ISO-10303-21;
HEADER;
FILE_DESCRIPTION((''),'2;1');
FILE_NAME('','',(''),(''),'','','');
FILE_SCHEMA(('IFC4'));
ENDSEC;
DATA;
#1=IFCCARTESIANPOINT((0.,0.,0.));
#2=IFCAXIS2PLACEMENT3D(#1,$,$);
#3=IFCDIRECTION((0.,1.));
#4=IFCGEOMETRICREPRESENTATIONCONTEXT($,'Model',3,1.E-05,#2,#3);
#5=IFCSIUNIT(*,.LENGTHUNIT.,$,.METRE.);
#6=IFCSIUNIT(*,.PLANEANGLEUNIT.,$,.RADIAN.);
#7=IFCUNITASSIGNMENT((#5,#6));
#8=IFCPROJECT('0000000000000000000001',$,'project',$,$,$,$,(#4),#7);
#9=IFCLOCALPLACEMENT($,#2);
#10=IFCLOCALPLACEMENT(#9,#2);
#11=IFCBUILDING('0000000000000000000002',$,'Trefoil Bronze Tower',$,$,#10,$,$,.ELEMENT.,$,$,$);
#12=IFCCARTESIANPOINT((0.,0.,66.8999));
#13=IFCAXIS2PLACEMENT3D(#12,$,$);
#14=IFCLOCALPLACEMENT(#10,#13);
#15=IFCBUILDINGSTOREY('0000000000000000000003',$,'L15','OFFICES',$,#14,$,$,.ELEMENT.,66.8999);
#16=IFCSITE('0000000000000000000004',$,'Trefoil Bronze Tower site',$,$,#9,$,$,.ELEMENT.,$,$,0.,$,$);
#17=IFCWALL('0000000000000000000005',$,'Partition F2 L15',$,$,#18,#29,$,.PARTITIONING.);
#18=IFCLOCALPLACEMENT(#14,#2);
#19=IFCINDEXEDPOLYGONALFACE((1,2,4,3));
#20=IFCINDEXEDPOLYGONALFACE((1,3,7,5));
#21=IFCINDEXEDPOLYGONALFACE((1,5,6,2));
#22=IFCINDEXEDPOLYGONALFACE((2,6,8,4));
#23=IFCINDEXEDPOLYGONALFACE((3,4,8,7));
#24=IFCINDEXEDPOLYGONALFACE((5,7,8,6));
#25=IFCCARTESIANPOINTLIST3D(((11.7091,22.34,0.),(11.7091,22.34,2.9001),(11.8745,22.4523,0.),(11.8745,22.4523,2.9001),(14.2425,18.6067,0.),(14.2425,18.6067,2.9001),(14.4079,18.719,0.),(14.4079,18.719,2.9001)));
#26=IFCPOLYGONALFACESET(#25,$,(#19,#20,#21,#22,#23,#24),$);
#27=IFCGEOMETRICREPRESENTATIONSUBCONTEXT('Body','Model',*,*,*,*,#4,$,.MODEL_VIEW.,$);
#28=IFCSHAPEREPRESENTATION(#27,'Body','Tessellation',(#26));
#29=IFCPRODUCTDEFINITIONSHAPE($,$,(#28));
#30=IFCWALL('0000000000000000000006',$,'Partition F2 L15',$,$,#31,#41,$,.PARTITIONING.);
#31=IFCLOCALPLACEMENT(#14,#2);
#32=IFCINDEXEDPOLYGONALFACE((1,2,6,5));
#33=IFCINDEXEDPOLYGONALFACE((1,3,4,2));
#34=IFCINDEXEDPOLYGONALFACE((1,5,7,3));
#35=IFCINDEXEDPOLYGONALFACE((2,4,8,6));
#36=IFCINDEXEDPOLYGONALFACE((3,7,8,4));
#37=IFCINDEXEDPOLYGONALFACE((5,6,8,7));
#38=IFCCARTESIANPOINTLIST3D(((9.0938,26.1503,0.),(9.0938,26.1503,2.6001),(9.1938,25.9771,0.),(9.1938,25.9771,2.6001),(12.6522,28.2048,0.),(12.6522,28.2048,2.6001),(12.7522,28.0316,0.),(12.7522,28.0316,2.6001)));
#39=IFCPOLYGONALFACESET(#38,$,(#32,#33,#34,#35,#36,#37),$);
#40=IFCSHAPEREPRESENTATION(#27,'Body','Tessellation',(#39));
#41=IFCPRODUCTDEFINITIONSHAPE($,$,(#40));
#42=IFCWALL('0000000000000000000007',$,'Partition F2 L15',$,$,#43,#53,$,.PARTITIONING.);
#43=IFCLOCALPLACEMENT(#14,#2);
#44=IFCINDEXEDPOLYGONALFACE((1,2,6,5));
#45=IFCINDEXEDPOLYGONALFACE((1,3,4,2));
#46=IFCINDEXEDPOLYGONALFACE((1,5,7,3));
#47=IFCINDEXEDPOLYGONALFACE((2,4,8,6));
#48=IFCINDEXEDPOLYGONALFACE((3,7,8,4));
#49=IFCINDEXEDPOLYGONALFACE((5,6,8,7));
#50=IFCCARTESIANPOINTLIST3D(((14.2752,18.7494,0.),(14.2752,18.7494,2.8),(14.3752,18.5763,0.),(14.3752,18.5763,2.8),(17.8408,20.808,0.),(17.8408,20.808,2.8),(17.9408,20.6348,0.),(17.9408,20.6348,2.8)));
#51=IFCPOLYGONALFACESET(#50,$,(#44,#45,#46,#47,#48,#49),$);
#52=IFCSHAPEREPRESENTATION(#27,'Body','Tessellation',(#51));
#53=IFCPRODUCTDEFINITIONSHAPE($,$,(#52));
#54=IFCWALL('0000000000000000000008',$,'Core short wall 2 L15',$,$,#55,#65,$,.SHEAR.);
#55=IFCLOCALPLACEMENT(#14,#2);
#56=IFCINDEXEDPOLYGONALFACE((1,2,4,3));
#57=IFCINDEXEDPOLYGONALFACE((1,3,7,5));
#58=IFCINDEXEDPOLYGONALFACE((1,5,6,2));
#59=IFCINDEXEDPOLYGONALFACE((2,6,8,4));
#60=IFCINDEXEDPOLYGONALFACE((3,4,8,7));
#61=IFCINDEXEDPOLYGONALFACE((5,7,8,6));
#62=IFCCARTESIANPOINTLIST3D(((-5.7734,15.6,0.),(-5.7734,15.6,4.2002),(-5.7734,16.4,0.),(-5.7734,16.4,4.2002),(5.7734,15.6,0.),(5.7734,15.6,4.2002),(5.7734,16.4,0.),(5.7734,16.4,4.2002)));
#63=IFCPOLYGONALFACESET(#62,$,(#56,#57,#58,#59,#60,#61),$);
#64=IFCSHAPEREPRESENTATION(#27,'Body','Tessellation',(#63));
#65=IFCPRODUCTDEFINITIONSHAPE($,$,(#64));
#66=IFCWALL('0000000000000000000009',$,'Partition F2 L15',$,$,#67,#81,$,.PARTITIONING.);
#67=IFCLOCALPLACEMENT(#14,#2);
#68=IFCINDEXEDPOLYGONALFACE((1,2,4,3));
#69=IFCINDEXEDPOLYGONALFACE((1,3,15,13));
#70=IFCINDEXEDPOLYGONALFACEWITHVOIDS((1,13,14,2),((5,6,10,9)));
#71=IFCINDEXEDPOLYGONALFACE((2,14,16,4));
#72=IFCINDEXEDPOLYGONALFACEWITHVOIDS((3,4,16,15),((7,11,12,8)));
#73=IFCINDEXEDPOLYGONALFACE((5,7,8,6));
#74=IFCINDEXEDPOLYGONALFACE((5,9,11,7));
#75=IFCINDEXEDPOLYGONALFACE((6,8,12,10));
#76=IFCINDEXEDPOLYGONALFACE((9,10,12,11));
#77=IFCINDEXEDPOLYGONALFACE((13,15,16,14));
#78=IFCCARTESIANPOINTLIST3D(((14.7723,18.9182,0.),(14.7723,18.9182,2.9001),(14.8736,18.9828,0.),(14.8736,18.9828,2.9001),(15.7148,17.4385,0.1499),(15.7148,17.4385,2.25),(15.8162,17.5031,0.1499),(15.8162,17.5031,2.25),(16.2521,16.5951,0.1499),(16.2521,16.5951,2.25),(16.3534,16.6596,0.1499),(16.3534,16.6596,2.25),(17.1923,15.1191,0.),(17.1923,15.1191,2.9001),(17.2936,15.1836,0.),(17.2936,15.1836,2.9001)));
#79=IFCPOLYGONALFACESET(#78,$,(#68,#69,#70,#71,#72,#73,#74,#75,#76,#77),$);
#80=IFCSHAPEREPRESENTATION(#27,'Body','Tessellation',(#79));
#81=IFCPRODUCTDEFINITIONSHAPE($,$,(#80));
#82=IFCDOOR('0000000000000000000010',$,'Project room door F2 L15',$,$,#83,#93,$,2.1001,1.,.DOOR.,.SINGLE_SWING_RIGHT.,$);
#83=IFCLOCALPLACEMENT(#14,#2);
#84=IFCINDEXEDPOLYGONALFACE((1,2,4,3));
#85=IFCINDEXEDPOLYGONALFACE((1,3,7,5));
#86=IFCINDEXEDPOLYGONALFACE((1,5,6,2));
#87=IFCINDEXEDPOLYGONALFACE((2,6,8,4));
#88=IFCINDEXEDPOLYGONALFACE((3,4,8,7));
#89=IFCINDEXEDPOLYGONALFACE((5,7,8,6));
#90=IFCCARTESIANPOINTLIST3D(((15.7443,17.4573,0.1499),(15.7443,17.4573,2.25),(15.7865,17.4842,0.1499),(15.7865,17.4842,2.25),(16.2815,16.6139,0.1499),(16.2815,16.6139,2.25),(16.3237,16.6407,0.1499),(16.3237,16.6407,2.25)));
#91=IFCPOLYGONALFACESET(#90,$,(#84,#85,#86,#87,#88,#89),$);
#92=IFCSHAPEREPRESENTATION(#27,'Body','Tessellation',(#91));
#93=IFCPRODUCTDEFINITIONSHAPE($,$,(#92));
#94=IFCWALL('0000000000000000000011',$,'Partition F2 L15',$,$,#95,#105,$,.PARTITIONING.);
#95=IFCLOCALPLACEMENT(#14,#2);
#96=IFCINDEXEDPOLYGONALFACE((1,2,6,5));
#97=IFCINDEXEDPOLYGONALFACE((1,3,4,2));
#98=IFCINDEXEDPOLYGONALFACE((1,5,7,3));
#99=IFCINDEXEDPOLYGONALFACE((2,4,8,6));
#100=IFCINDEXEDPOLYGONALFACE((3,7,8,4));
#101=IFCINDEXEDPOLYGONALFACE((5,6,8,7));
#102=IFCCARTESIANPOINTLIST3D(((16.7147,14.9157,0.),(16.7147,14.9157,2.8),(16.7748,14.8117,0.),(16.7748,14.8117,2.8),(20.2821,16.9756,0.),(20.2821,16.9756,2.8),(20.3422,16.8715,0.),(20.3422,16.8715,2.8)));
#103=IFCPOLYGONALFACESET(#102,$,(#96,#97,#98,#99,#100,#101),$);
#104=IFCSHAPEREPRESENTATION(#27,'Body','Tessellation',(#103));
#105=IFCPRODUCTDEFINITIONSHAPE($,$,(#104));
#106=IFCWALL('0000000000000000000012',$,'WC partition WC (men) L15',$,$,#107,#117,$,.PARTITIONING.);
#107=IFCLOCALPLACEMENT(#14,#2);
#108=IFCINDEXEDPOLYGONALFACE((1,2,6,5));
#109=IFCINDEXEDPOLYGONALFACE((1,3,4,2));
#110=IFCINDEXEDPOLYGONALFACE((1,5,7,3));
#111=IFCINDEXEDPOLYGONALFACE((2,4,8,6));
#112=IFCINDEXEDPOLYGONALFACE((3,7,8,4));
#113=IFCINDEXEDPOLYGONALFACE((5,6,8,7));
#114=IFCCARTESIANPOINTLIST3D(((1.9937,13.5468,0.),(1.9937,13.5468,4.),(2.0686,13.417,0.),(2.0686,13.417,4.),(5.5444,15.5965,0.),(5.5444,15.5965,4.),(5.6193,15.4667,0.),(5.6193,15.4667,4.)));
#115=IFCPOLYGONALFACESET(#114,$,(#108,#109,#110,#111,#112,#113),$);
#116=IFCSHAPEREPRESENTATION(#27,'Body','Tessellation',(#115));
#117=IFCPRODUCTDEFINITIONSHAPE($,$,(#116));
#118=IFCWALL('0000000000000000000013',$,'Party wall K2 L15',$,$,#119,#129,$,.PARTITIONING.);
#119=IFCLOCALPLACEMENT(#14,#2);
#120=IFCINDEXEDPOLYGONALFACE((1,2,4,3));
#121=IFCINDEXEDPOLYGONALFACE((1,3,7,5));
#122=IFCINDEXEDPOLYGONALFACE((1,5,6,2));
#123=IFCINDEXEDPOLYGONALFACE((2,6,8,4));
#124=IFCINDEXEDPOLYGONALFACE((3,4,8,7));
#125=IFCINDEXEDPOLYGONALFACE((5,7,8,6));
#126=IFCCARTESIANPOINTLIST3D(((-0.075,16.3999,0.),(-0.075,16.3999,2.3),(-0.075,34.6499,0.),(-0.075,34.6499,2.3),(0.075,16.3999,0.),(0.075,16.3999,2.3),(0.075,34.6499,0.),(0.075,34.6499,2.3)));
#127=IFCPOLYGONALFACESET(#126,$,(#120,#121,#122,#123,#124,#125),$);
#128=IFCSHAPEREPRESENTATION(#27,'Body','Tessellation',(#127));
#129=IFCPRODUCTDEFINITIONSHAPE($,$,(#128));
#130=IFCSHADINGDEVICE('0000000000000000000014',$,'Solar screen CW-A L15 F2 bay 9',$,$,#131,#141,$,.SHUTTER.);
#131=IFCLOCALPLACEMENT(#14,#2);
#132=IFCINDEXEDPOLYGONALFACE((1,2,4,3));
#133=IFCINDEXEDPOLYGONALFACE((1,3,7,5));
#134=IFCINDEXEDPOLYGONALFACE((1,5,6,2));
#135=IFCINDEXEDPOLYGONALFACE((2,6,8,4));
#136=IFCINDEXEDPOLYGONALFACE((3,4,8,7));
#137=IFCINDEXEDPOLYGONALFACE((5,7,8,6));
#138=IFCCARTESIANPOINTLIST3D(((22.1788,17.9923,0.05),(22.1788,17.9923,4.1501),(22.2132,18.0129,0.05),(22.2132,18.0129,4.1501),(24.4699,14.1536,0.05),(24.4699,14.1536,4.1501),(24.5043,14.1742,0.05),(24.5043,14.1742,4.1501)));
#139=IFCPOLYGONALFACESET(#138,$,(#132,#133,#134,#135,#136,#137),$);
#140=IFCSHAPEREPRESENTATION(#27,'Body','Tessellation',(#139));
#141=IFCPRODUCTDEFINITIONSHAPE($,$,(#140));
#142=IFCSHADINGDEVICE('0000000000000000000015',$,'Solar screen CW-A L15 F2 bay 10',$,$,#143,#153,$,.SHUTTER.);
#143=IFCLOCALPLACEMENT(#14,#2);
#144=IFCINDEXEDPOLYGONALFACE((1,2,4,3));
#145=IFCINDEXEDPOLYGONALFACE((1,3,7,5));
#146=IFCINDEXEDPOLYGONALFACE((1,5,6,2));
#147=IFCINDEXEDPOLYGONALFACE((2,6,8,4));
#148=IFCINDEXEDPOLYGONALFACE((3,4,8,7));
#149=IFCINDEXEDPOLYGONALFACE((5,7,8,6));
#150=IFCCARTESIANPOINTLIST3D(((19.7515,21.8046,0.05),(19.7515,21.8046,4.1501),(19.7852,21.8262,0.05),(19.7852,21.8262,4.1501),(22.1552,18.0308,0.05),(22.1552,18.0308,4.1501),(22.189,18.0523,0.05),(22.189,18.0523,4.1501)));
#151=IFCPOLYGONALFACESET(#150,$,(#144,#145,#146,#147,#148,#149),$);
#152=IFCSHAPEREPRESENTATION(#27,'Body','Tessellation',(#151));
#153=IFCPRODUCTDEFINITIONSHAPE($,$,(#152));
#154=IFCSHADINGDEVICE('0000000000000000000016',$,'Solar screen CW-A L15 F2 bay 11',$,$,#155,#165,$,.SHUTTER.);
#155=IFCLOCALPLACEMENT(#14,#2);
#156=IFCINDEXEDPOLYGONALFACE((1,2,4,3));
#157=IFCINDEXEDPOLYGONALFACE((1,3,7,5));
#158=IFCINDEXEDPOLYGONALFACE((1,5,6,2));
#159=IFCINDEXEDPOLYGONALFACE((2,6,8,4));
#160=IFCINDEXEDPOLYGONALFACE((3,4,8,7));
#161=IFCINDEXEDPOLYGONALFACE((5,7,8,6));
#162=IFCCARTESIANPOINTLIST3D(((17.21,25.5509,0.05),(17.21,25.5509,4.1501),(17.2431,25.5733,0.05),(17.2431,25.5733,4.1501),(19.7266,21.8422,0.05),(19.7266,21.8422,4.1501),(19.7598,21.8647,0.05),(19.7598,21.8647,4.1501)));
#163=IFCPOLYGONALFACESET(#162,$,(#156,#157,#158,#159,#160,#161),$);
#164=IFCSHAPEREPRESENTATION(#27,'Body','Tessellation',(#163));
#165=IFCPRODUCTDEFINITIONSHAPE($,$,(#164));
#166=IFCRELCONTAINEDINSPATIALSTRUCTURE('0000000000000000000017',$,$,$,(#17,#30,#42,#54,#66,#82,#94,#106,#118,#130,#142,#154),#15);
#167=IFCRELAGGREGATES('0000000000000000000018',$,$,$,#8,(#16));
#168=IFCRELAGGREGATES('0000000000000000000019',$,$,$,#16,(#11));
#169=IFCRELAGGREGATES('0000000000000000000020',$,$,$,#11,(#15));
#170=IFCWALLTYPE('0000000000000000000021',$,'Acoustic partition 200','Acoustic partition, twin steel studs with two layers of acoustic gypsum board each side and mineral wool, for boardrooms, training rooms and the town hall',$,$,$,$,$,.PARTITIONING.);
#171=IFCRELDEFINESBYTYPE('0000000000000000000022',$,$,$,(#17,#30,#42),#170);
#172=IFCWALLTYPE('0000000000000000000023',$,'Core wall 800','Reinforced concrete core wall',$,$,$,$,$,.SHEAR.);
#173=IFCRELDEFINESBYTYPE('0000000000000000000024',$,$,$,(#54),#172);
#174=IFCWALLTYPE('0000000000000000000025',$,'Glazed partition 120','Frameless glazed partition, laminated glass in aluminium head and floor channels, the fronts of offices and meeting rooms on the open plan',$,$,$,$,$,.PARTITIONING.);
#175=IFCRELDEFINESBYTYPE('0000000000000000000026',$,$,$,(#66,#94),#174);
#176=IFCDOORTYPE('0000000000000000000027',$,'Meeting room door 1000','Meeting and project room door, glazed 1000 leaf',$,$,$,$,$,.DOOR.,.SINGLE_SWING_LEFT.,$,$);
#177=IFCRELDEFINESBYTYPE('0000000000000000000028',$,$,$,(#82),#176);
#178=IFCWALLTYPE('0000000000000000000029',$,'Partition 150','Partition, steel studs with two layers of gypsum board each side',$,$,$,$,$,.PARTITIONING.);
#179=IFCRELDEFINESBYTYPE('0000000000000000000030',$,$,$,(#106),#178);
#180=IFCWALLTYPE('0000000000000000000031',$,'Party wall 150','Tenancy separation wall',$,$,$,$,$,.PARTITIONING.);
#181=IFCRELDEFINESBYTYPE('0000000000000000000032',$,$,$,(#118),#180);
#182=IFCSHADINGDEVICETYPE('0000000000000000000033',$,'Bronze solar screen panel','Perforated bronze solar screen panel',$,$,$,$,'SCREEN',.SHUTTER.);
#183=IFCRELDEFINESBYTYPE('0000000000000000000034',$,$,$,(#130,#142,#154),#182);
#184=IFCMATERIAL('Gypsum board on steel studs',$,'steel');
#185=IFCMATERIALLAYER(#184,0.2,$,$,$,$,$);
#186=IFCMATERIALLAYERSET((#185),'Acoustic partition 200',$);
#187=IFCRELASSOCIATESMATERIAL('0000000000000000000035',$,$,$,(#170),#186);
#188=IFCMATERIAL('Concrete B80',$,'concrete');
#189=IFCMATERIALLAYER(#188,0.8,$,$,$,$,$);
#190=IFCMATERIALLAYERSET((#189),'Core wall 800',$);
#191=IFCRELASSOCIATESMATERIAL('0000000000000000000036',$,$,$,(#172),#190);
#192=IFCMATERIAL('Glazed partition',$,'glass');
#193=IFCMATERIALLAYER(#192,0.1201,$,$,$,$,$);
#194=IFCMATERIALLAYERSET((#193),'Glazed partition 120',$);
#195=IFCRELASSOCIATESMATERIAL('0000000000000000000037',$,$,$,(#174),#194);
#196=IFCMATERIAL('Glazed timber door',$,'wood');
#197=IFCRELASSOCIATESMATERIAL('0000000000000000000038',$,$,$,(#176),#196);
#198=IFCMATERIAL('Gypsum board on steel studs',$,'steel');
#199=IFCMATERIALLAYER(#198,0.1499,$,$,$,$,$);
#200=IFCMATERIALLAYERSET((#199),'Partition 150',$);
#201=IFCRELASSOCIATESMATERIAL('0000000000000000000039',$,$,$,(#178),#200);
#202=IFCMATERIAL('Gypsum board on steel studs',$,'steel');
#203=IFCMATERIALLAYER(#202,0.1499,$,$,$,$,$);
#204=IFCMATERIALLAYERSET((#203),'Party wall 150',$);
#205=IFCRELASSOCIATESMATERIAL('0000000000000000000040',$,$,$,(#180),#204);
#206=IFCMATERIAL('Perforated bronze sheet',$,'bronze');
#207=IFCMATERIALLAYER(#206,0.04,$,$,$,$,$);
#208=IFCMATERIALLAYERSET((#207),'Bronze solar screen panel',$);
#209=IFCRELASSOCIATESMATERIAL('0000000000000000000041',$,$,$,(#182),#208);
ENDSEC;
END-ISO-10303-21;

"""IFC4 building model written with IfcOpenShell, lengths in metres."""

from ifc_helpers import new_model, si_unit, direction, frame, frame_2d, origin, origin_2d, place, context, subcontext, project, spatial, rectangle, extrude, material, layer, layer_set, type_object, element, fill, save


model = new_model("IFC4")

# Units and contexts
model_context = context("Model", 3, precision=1e-05, world=origin(), true_north=direction((0.0, 1.0)))
body_context = subcontext(model_context, "Body", "Model", "MODEL_VIEW")
ifc_project = project(units=[si_unit("LENGTHUNIT", "METRE"), si_unit("PLANEANGLEUNIT", "RADIAN")], contexts=[model_context])

# Site, building, storey
site_placement = place(None, origin())
site = spatial("IfcSite", under=ifc_project, at=site_placement, Name="Trefoil Bronze Tower site", CompositionType="ELEMENT", RefElevation=0.0)
building_placement = place(site_placement, origin())
building = spatial("IfcBuilding", under=site, at=building_placement, Name="Trefoil Bronze Tower", CompositionType="ELEMENT")
storey_placement = place(building_placement, frame((0.0, 0.0, 66.8999)))
storey = spatial("IfcBuildingStorey", under=building, at=storey_placement, Name="L15", Description="OFFICES", CompositionType="ELEMENT", Elevation=66.8999)

# Shared definitions
ifc_material_1 = material(Name="Gypsum board on steel studs", Category="steel")
ifc_layer_1 = layer(ifc_material_1, 0.2)
ifc_layer_set_1 = layer_set([ifc_layer_1], Name="Acoustic partition 200")
wall_type_1 = type_object("IfcWallType", Name="Acoustic partition 200", Description="Acoustic partition, twin steel studs with two layers of acoustic gypsum board each side and mineral wool, for boardrooms, training rooms and the town hall", PredefinedType="PARTITIONING", material=ifc_layer_set_1)

# Walls
wall_1_placement = place(storey_placement, frame((14.3252, 18.6628, 0.0), z_axis=(0.0, 0.0, 1.0), x_axis=(-0.561512, 0.827469, 0.0)))
element("IfcWall", 1, at=wall_1_placement, inside=storey, type_object=wall_type_1, Name="Partition F2 L15", PredefinedType="PARTITIONING", context=body_context, shape_type="SweptSolid", body=[
    extrude(rectangle(XDim=4.5117, YDim=0.2, at=frame_2d((2.2559, 0.0))), origin(), (0.0, 0.0, 1.0), 2.9001),
])
wall_2_placement = place(storey_placement, frame((9.1438, 26.0637, 0.0), z_axis=(0.0, 0.0, 1.0), x_axis=(0.866022, 0.500005, 0.0)))
element("IfcWall", 2, at=wall_2_placement, inside=storey, type_object=wall_type_1, Name="Partition F2 L15", PredefinedType="PARTITIONING", context=body_context, shape_type="SweptSolid", body=[
    extrude(rectangle(XDim=4.1089, YDim=0.2, at=frame_2d((2.0544, 0.0))), origin(), (0.0, 0.0, 1.0), 2.6001),
])
wall_3_placement = place(storey_placement, frame((14.3252, 18.6628, 0.0), z_axis=(0.0, 0.0, 1.0), x_axis=(0.866031, 0.499991, 0.0)))
element("IfcWall", 3, at=wall_3_placement, inside=storey, type_object=wall_type_1, Name="Partition F2 L15", PredefinedType="PARTITIONING", context=body_context, shape_type="SweptSolid", body=[
    extrude(rectangle(XDim=4.1172, YDim=0.2, at=frame_2d((2.0586, 0.0))), origin(), (0.0, 0.0, 1.0), 2.8),
])
ifc_material_2 = material(Name="Concrete B80", Category="concrete")
ifc_layer_2 = layer(ifc_material_2, 0.8)
ifc_layer_set_2 = layer_set([ifc_layer_2], Name="Core wall 800")
wall_type_2 = type_object("IfcWallType", Name="Core wall 800", Description="Reinforced concrete core wall", PredefinedType="SHEAR", material=ifc_layer_set_2)
wall_4_placement = place(storey_placement, frame((5.7734, 16.0, 0.0), z_axis=(0.0, 0.0, 1.0), x_axis=(-1.0, 0.0, 0.0)))
element("IfcWall", 4, at=wall_4_placement, inside=storey, type_object=wall_type_2, Name="Core short wall 2 L15", PredefinedType="SHEAR", context=body_context, shape_type="SweptSolid", body=[
    extrude(rectangle(XDim=11.5469, YDim=0.8, at=frame_2d((5.7734, 0.0))), origin(), (0.0, 0.0, 1.0), 4.2002),
])

# Wall, opening, door
ifc_material_3 = material(Name="Glazed partition", Category="glass")
ifc_layer_3 = layer(ifc_material_3, 0.1201)
ifc_layer_set_3 = layer_set([ifc_layer_3], Name="Glazed partition 120")
wall_type_3 = type_object("IfcWallType", Name="Glazed partition 120", Description="Frameless glazed partition, laminated glass in aluminium head and floor channels, the fronts of offices and meeting rooms on the open plan", PredefinedType="PARTITIONING", material=ifc_layer_set_3)
wall_5_placement = place(storey_placement, frame((17.2429, 15.1514, 0.0), z_axis=(0.0, 0.0, 1.0), x_axis=(-0.537244, 0.843427, 0.0)))
wall_5 = element("IfcWall", 5, at=wall_5_placement, inside=storey, type_object=wall_type_3, Name="Partition F2 L15", PredefinedType="PARTITIONING", context=body_context, shape_type="SweptSolid", body=[
    extrude(rectangle(XDim=4.5044, YDim=0.1201, at=frame_2d((2.2522, 0.0))), origin(), (0.0, 0.0, 1.0), 2.9001),
])
opening_1_placement = place(wall_5_placement, frame((1.75, 0.0, 0.1499)))
opening_1 = element("IfcOpeningElement", 6, at=opening_1_placement, cuts=wall_5, PredefinedType="OPENING", context=body_context, shape_type="SweptSolid", body=[
    extrude(rectangle(XDim=1.0, YDim=2.1001, at=frame_2d((0.5, 1.05))), frame((0.0, 0.0701, 0.0), z_axis=(0.0, -1.0, 0.0), x_axis=(1.0, 0.0, 0.0)), (0.0, 0.0, 1.0), 0.1401),
])
ifc_material_4 = material(Name="Glazed timber door", Category="wood")
door_type_1 = type_object("IfcDoorType", Name="Meeting room door 1000", Description="Meeting and project room door, glazed 1000 leaf", OperationType="SINGLE_SWING_LEFT", PredefinedType="DOOR", material=ifc_material_4)
door_1_placement = place(opening_1_placement, frame((1.0, 0.0, 0.0), z_axis=(0.0, 0.0, 1.0), x_axis=(-1.0, 0.0, 0.0)))
door_1 = element("IfcDoor", 7, at=door_1_placement, inside=storey, type_object=door_type_1, Name="Project room door F2 L15", OperationType="SINGLE_SWING_RIGHT", OverallHeight=2.1001, OverallWidth=1.0, PredefinedType="DOOR", context=body_context, shape_type="SweptSolid", body=[
    extrude(rectangle(XDim=1.0, YDim=2.1001, at=frame_2d((0.5, 1.05))), frame((0.0, 0.0249, 0.0), z_axis=(0.0, -1.0, 0.0), x_axis=(1.0, 0.0, 0.0)), (0.0, 0.0, 1.0), 0.05),
])
fill(opening_1, door_1)

# Walls
wall_6_placement = place(storey_placement, frame((16.7449, 14.8638, 0.0), z_axis=(0.0, 0.0, 1.0), x_axis=(0.866006, 0.500034, 0.0)))
element("IfcWall", 8, at=wall_6_placement, inside=storey, type_object=wall_type_3, Name="Partition F2 L15", PredefinedType="PARTITIONING", context=body_context, shape_type="SweptSolid", body=[
    extrude(rectangle(XDim=4.1194, YDim=0.1201, at=frame_2d((2.0596, 0.0))), origin(), (0.0, 0.0, 1.0), 2.8),
])
ifc_material_5 = material(Name="Gypsum board on steel studs", Category="steel")
ifc_layer_4 = layer(ifc_material_5, 0.1499)
ifc_layer_set_4 = layer_set([ifc_layer_4], Name="Partition 150")
wall_type_4 = type_object("IfcWallType", Name="Partition 150", Description="Partition, steel studs with two layers of gypsum board each side", PredefinedType="PARTITIONING", material=ifc_layer_set_4)
wall_7_placement = place(storey_placement, frame((2.0312, 13.4819, 0.0), z_axis=(0.0, 0.0, 1.0), x_axis=(0.866051, 0.499956, 0.0)))
element("IfcWall", 9, at=wall_7_placement, inside=storey, type_object=wall_type_4, Name="WC partition WC (men) L15", PredefinedType="PARTITIONING", context=body_context, shape_type="SweptSolid", body=[
    extrude(rectangle(XDim=4.0999, YDim=0.1499, at=frame_2d((2.0498, 0.0))), origin(), (0.0, 0.0, 1.0), 4.0),
])
ifc_material_6 = material(Name="Gypsum board on steel studs", Category="steel")
ifc_layer_5 = layer(ifc_material_6, 0.1499)
ifc_layer_set_5 = layer_set([ifc_layer_5], Name="Party wall 150")
wall_type_5 = type_object("IfcWallType", Name="Party wall 150", Description="Tenancy separation wall", PredefinedType="PARTITIONING", material=ifc_layer_set_5)
wall_8_placement = place(storey_placement, frame((0.0, 16.3999, 0.0), z_axis=(0.0, 0.0, 1.0), x_axis=(0.0, 1.0, 0.0)))
element("IfcWall", 10, at=wall_8_placement, inside=storey, type_object=wall_type_5, Name="Party wall K2 L15", PredefinedType="PARTITIONING", context=body_context, shape_type="SweptSolid", body=[
    extrude(rectangle(XDim=18.25, YDim=0.1499, at=frame_2d((9.125, 0.0))), origin(), (0.0, 0.0, 1.0), 2.3),
])

# Shading devices
ifc_material_7 = material(Name="Perforated bronze sheet", Category="bronze")
ifc_layer_6 = layer(ifc_material_7, 0.04)
ifc_layer_set_6 = layer_set([ifc_layer_6], Name="Bronze solar screen panel")
shading_device_type = type_object("IfcShadingDeviceType", Name="Bronze solar screen panel", Description="Perforated bronze solar screen panel", ElementType="SCREEN", PredefinedType="SHUTTER", material=ifc_layer_set_6)
shading_device_1_placement = place(storey_placement, frame((23.3416, 16.0833, 0.05), z_axis=(0.0, 0.0, 1.0), x_axis=(-0.512513, 0.85868, 0.0)))
element("IfcShadingDevice", 11, at=shading_device_1_placement, inside=storey, type_object=shading_device_type, Name="Solar screen CW-A L15 F2 bay 9", PredefinedType="SHUTTER", context=body_context, shape_type="SweptSolid", body=[
    extrude(rectangle(XDim=4.4705, YDim=0.04, at=origin_2d()), origin(), (0.0, 0.0, 1.0), 4.1001),
])
shading_device_2_placement = place(storey_placement, frame((20.9702, 19.9285, 0.05), z_axis=(0.0, 0.0, 1.0), x_axis=(-0.537222, 0.843441, 0.0)))
element("IfcShadingDevice", 12, at=shading_device_2_placement, inside=storey, type_object=shading_device_type, Name="Solar screen CW-A L15 F2 bay 10", PredefinedType="SHUTTER", context=body_context, shape_type="SweptSolid", body=[
    extrude(rectangle(XDim=4.4744, YDim=0.04, at=origin_2d()), origin(), (0.0, 0.0, 1.0), 4.1001),
])
shading_device_3_placement = place(storey_placement, frame((18.4849, 23.7078, 0.05), z_axis=(0.0, 0.0, 1.0), x_axis=(-0.56151, 0.82747, 0.0)))
element("IfcShadingDevice", 13, at=shading_device_3_placement, inside=storey, type_object=shading_device_type, Name="Solar screen CW-A L15 F2 bay 11", PredefinedType="SHUTTER", context=body_context, shape_type="SweptSolid", body=[
    extrude(rectangle(XDim=4.4819, YDim=0.04, at=origin_2d()), origin(), (0.0, 0.0, 1.0), 4.1001),
])

save(model, "model.ifc")
